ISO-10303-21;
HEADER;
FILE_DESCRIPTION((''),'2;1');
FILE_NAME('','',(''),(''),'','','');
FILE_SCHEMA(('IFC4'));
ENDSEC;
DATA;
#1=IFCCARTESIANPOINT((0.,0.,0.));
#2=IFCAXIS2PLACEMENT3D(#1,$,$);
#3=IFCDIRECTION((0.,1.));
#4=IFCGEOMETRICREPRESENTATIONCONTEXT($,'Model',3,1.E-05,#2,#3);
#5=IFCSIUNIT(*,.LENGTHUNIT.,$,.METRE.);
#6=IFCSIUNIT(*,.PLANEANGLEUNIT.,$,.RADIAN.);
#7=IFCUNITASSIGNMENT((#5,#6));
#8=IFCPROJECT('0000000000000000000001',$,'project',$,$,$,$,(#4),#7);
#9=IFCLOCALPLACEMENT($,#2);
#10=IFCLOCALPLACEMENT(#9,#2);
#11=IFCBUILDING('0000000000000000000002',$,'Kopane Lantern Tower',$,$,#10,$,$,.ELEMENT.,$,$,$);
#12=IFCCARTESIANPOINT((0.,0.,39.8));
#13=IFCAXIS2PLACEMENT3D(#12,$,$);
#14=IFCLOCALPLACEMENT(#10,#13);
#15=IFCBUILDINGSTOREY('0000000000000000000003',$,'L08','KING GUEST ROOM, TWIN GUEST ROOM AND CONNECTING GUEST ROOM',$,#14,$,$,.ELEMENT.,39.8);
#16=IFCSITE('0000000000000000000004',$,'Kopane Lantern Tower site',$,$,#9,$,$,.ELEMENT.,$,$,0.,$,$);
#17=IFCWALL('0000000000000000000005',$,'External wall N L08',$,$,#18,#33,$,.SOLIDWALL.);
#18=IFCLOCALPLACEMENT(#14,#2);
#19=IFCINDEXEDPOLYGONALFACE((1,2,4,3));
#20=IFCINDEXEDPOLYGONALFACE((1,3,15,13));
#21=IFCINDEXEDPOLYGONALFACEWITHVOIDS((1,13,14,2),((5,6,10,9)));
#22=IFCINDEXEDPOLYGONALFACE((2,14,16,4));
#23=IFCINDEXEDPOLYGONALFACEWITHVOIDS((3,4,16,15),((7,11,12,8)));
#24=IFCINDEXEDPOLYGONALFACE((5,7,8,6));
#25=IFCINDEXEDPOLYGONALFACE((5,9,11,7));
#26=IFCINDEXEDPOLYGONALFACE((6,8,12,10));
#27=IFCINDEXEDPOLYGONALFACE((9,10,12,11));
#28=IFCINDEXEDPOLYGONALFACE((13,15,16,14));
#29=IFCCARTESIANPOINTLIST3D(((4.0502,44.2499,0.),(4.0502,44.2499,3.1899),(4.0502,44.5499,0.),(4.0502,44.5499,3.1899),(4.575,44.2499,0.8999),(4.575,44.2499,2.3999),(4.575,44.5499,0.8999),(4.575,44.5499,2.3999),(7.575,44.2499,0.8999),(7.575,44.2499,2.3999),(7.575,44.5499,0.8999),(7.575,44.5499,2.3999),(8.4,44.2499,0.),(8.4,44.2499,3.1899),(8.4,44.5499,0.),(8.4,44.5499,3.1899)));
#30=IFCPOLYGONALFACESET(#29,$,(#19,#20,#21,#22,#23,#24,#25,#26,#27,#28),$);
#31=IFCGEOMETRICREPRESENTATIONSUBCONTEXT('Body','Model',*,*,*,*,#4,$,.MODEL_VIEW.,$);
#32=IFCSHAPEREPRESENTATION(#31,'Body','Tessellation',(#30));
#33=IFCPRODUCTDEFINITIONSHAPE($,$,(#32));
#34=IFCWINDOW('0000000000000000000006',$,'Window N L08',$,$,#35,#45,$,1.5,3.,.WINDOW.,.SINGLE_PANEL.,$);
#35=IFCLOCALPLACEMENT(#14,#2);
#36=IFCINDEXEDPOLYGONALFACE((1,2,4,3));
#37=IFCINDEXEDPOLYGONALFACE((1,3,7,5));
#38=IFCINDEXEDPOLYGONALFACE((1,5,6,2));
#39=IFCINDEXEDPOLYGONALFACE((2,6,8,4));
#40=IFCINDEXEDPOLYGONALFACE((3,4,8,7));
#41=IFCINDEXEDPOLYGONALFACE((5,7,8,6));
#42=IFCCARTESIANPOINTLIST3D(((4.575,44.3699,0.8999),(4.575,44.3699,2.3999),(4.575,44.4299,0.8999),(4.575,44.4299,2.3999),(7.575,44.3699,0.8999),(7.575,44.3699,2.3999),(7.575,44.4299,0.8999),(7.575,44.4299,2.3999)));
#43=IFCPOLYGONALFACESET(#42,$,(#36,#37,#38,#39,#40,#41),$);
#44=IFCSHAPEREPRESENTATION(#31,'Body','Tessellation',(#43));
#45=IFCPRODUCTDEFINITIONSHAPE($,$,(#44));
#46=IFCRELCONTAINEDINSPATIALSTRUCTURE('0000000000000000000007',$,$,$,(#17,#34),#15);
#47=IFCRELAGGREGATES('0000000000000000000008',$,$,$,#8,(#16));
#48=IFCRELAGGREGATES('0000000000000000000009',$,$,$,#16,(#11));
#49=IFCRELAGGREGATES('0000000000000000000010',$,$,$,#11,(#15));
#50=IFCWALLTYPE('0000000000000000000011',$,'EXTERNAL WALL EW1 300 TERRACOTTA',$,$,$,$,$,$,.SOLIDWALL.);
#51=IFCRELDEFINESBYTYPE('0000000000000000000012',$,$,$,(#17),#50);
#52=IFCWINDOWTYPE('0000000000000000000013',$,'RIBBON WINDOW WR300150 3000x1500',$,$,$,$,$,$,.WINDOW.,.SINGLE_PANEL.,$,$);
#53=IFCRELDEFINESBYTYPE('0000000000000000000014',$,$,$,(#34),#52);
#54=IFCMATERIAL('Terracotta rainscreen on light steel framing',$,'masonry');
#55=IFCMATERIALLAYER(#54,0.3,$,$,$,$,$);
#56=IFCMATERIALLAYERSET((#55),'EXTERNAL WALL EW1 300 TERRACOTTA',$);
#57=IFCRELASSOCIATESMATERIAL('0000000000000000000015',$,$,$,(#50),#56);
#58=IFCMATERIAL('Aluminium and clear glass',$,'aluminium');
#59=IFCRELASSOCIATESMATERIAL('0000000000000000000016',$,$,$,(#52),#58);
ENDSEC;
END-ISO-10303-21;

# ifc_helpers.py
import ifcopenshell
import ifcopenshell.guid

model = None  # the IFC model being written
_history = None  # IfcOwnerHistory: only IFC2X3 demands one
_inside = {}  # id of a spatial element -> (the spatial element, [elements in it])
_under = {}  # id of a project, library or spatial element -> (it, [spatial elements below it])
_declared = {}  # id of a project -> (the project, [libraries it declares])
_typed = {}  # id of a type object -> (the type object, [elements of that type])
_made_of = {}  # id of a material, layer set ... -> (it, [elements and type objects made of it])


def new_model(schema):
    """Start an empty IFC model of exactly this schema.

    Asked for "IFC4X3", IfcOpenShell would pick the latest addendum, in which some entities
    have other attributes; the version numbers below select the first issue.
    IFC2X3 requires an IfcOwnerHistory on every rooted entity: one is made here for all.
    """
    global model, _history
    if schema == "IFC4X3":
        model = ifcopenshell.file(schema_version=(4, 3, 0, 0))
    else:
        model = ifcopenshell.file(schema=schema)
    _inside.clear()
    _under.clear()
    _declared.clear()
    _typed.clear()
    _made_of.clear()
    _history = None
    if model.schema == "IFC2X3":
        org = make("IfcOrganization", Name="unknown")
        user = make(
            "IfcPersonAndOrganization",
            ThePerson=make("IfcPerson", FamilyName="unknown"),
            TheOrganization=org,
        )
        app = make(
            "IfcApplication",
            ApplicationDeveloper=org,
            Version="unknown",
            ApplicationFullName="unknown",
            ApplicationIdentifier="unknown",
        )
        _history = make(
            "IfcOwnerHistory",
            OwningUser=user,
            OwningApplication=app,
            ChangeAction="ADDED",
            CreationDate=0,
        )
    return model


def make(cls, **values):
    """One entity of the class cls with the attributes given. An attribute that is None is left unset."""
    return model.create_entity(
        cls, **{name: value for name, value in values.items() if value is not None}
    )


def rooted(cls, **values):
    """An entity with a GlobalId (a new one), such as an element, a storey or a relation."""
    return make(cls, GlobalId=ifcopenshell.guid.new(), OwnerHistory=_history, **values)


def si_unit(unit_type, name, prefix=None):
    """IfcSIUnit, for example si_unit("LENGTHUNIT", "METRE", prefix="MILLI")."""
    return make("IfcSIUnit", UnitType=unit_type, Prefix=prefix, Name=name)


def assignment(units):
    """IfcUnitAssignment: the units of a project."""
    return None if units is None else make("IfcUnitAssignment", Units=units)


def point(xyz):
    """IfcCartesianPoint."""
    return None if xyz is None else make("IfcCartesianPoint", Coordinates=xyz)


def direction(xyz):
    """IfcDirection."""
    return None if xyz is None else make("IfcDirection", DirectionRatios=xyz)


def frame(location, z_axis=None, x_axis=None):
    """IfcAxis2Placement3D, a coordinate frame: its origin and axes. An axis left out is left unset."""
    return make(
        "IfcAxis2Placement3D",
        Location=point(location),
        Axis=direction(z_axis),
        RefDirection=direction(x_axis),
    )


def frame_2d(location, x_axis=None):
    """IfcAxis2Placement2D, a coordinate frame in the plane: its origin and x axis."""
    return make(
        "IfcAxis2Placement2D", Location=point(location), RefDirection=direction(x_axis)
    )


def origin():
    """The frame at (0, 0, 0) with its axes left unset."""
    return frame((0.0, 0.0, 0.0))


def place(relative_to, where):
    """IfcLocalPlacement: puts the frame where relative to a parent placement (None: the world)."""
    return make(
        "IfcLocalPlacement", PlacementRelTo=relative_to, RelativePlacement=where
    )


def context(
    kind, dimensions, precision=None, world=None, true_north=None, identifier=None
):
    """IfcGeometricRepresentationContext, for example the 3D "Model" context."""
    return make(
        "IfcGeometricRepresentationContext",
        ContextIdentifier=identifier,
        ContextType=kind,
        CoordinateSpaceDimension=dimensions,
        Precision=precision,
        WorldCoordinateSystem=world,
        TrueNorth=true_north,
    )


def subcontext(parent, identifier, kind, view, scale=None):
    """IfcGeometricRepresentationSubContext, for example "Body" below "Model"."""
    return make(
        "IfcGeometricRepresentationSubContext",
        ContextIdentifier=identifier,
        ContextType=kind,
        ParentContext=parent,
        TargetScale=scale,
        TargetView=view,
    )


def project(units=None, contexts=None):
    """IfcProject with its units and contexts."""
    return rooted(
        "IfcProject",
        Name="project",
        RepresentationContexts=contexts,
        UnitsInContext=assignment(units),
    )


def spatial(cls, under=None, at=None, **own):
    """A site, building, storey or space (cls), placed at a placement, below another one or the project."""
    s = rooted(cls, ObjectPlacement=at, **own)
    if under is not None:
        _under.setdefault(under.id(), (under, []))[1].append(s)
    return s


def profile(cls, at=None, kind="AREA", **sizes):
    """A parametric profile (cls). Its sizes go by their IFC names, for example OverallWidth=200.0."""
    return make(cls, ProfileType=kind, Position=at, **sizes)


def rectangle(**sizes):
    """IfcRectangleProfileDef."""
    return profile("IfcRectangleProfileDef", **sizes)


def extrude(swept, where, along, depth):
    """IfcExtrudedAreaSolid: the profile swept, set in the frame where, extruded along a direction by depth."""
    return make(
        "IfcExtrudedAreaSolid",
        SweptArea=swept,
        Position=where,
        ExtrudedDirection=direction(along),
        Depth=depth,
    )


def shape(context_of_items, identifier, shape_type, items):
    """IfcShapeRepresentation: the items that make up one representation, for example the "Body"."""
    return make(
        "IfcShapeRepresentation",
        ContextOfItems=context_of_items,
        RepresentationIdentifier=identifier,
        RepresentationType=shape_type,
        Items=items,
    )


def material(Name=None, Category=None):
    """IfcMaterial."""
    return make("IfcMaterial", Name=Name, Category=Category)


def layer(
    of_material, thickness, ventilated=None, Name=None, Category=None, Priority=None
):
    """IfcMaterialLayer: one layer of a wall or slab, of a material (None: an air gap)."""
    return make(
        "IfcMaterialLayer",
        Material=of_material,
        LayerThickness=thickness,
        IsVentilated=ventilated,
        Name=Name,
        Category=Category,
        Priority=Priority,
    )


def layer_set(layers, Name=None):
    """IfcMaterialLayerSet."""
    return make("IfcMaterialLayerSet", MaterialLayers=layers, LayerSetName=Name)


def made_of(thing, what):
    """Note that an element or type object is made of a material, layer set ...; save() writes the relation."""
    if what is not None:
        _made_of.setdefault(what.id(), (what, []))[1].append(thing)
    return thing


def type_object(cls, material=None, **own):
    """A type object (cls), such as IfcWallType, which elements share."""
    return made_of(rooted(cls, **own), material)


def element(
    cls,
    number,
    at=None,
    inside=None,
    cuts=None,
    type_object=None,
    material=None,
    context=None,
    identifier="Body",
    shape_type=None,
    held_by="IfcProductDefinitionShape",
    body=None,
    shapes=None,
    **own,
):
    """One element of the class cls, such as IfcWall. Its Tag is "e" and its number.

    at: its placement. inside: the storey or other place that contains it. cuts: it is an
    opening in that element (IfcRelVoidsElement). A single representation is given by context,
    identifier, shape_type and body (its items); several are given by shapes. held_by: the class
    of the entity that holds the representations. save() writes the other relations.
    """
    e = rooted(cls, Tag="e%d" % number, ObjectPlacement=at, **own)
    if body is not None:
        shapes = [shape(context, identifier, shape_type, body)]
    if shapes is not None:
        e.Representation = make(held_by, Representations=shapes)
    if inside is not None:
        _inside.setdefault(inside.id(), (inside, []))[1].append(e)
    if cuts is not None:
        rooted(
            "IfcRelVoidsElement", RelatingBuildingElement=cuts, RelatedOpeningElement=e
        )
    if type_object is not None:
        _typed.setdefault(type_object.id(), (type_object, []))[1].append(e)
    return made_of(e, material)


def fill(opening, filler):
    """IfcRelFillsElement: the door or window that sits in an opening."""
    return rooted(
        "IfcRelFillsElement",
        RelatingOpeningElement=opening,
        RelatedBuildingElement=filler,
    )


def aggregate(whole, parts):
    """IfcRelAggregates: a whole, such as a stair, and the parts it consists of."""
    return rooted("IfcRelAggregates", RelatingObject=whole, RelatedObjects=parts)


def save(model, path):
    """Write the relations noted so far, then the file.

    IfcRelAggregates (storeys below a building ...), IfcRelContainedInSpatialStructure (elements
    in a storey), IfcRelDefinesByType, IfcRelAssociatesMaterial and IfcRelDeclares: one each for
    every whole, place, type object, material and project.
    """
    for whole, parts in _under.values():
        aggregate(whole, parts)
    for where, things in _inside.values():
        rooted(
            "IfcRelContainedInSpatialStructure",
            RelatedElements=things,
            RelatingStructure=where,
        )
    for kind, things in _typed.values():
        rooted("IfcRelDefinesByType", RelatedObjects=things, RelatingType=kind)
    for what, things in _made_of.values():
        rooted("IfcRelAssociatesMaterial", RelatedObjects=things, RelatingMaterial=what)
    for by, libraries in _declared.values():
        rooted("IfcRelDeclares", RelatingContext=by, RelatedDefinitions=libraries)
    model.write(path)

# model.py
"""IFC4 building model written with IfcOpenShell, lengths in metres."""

from ifc_helpers import new_model, si_unit, direction, frame, frame_2d, origin, place, context, subcontext, project, spatial, rectangle, extrude, material, layer, layer_set, type_object, element, fill, save


model = new_model("IFC4")

# Units and contexts
model_context = context("Model", 3, precision=1e-05, world=origin(), true_north=direction((0.0, 1.0)))
body_context = subcontext(model_context, "Body", "Model", "MODEL_VIEW")
ifc_project = project(units=[si_unit("LENGTHUNIT", "METRE"), si_unit("PLANEANGLEUNIT", "RADIAN")], contexts=[model_context])

# Site, building, storey
site_placement = place(None, origin())
site = spatial("IfcSite", under=ifc_project, at=site_placement, Name="Kopane Lantern Tower site", CompositionType="ELEMENT", RefElevation=0.0)
building_placement = place(site_placement, origin())
building = spatial("IfcBuilding", under=site, at=building_placement, Name="Kopane Lantern Tower", CompositionType="ELEMENT")
storey_placement = place(building_placement, frame((0.0, 0.0, 39.8)))
storey = spatial("IfcBuildingStorey", under=building, at=storey_placement, Name="L08", Description="KING GUEST ROOM, TWIN GUEST ROOM AND CONNECTING GUEST ROOM", CompositionType="ELEMENT", Elevation=39.8)

# Wall, opening, window
ifc_material_1 = material(Name="Terracotta rainscreen on light steel framing", Category="masonry")
ifc_layer_1 = layer(ifc_material_1, 0.3)
ifc_layer_set_1 = layer_set([ifc_layer_1], Name="EXTERNAL WALL EW1 300 TERRACOTTA")
wall_type_1 = type_object("IfcWallType", Name="EXTERNAL WALL EW1 300 TERRACOTTA", PredefinedType="SOLIDWALL", material=ifc_layer_set_1)
ifc_material_2 = material(Name="Aluminium and clear glass", Category="aluminium")
window_type = type_object("IfcWindowType", Name="RIBBON WINDOW WR300150 3000x1500", PartitioningType="SINGLE_PANEL", PredefinedType="WINDOW", material=ifc_material_2)
wall_1_placement = place(storey_placement, frame((8.3999, 44.3999, 0.0), z_axis=(0.0, 0.0, 1.0), x_axis=(-1.0, 0.0, 0.0)))
wall_1 = element("IfcWall", 1, at=wall_1_placement, inside=storey, type_object=wall_type_1, Name="External wall N L08", PredefinedType="SOLIDWALL", context=body_context, shape_type="SweptSolid", body=[
    extrude(rectangle(XDim=4.3499, YDim=0.3, at=frame_2d((2.1748, 0.0))), origin(), (0.0, 0.0, 1.0), 3.1899),
])
opening_1_placement = place(wall_1_placement, frame((0.825, 0.0, 0.8999)))
opening_1 = element("IfcOpeningElement", 2, at=opening_1_placement, cuts=wall_1, PredefinedType="OPENING", context=body_context, shape_type="SweptSolid", body=[
    extrude(rectangle(XDim=3.0, YDim=1.5, at=frame_2d((1.5, 0.75))), frame((0.0, 0.1599, 0.0), z_axis=(0.0, -1.0, 0.0), x_axis=(1.0, 0.0, 0.0)), (0.0, 0.0, 1.0), 0.3201),
])
window_1_placement = place(opening_1_placement, origin())
window_1 = element("IfcWindow", 3, at=window_1_placement, inside=storey, type_object=window_type, Name="Window N L08", OverallHeight=1.5, OverallWidth=3.0, PartitioningType="SINGLE_PANEL", PredefinedType="WINDOW", context=body_context, shape_type="SweptSolid", body=[
    extrude(rectangle(XDim=3.0, YDim=1.5, at=frame_2d((1.5, 0.75))), frame((0.0, 0.03, 0.0), z_axis=(0.0, -1.0, 0.0), x_axis=(1.0, 0.0, 0.0)), (0.0, 0.0, 1.0), 0.0601),
])
fill(opening_1, window_1)

save(model, "model.ifc")
